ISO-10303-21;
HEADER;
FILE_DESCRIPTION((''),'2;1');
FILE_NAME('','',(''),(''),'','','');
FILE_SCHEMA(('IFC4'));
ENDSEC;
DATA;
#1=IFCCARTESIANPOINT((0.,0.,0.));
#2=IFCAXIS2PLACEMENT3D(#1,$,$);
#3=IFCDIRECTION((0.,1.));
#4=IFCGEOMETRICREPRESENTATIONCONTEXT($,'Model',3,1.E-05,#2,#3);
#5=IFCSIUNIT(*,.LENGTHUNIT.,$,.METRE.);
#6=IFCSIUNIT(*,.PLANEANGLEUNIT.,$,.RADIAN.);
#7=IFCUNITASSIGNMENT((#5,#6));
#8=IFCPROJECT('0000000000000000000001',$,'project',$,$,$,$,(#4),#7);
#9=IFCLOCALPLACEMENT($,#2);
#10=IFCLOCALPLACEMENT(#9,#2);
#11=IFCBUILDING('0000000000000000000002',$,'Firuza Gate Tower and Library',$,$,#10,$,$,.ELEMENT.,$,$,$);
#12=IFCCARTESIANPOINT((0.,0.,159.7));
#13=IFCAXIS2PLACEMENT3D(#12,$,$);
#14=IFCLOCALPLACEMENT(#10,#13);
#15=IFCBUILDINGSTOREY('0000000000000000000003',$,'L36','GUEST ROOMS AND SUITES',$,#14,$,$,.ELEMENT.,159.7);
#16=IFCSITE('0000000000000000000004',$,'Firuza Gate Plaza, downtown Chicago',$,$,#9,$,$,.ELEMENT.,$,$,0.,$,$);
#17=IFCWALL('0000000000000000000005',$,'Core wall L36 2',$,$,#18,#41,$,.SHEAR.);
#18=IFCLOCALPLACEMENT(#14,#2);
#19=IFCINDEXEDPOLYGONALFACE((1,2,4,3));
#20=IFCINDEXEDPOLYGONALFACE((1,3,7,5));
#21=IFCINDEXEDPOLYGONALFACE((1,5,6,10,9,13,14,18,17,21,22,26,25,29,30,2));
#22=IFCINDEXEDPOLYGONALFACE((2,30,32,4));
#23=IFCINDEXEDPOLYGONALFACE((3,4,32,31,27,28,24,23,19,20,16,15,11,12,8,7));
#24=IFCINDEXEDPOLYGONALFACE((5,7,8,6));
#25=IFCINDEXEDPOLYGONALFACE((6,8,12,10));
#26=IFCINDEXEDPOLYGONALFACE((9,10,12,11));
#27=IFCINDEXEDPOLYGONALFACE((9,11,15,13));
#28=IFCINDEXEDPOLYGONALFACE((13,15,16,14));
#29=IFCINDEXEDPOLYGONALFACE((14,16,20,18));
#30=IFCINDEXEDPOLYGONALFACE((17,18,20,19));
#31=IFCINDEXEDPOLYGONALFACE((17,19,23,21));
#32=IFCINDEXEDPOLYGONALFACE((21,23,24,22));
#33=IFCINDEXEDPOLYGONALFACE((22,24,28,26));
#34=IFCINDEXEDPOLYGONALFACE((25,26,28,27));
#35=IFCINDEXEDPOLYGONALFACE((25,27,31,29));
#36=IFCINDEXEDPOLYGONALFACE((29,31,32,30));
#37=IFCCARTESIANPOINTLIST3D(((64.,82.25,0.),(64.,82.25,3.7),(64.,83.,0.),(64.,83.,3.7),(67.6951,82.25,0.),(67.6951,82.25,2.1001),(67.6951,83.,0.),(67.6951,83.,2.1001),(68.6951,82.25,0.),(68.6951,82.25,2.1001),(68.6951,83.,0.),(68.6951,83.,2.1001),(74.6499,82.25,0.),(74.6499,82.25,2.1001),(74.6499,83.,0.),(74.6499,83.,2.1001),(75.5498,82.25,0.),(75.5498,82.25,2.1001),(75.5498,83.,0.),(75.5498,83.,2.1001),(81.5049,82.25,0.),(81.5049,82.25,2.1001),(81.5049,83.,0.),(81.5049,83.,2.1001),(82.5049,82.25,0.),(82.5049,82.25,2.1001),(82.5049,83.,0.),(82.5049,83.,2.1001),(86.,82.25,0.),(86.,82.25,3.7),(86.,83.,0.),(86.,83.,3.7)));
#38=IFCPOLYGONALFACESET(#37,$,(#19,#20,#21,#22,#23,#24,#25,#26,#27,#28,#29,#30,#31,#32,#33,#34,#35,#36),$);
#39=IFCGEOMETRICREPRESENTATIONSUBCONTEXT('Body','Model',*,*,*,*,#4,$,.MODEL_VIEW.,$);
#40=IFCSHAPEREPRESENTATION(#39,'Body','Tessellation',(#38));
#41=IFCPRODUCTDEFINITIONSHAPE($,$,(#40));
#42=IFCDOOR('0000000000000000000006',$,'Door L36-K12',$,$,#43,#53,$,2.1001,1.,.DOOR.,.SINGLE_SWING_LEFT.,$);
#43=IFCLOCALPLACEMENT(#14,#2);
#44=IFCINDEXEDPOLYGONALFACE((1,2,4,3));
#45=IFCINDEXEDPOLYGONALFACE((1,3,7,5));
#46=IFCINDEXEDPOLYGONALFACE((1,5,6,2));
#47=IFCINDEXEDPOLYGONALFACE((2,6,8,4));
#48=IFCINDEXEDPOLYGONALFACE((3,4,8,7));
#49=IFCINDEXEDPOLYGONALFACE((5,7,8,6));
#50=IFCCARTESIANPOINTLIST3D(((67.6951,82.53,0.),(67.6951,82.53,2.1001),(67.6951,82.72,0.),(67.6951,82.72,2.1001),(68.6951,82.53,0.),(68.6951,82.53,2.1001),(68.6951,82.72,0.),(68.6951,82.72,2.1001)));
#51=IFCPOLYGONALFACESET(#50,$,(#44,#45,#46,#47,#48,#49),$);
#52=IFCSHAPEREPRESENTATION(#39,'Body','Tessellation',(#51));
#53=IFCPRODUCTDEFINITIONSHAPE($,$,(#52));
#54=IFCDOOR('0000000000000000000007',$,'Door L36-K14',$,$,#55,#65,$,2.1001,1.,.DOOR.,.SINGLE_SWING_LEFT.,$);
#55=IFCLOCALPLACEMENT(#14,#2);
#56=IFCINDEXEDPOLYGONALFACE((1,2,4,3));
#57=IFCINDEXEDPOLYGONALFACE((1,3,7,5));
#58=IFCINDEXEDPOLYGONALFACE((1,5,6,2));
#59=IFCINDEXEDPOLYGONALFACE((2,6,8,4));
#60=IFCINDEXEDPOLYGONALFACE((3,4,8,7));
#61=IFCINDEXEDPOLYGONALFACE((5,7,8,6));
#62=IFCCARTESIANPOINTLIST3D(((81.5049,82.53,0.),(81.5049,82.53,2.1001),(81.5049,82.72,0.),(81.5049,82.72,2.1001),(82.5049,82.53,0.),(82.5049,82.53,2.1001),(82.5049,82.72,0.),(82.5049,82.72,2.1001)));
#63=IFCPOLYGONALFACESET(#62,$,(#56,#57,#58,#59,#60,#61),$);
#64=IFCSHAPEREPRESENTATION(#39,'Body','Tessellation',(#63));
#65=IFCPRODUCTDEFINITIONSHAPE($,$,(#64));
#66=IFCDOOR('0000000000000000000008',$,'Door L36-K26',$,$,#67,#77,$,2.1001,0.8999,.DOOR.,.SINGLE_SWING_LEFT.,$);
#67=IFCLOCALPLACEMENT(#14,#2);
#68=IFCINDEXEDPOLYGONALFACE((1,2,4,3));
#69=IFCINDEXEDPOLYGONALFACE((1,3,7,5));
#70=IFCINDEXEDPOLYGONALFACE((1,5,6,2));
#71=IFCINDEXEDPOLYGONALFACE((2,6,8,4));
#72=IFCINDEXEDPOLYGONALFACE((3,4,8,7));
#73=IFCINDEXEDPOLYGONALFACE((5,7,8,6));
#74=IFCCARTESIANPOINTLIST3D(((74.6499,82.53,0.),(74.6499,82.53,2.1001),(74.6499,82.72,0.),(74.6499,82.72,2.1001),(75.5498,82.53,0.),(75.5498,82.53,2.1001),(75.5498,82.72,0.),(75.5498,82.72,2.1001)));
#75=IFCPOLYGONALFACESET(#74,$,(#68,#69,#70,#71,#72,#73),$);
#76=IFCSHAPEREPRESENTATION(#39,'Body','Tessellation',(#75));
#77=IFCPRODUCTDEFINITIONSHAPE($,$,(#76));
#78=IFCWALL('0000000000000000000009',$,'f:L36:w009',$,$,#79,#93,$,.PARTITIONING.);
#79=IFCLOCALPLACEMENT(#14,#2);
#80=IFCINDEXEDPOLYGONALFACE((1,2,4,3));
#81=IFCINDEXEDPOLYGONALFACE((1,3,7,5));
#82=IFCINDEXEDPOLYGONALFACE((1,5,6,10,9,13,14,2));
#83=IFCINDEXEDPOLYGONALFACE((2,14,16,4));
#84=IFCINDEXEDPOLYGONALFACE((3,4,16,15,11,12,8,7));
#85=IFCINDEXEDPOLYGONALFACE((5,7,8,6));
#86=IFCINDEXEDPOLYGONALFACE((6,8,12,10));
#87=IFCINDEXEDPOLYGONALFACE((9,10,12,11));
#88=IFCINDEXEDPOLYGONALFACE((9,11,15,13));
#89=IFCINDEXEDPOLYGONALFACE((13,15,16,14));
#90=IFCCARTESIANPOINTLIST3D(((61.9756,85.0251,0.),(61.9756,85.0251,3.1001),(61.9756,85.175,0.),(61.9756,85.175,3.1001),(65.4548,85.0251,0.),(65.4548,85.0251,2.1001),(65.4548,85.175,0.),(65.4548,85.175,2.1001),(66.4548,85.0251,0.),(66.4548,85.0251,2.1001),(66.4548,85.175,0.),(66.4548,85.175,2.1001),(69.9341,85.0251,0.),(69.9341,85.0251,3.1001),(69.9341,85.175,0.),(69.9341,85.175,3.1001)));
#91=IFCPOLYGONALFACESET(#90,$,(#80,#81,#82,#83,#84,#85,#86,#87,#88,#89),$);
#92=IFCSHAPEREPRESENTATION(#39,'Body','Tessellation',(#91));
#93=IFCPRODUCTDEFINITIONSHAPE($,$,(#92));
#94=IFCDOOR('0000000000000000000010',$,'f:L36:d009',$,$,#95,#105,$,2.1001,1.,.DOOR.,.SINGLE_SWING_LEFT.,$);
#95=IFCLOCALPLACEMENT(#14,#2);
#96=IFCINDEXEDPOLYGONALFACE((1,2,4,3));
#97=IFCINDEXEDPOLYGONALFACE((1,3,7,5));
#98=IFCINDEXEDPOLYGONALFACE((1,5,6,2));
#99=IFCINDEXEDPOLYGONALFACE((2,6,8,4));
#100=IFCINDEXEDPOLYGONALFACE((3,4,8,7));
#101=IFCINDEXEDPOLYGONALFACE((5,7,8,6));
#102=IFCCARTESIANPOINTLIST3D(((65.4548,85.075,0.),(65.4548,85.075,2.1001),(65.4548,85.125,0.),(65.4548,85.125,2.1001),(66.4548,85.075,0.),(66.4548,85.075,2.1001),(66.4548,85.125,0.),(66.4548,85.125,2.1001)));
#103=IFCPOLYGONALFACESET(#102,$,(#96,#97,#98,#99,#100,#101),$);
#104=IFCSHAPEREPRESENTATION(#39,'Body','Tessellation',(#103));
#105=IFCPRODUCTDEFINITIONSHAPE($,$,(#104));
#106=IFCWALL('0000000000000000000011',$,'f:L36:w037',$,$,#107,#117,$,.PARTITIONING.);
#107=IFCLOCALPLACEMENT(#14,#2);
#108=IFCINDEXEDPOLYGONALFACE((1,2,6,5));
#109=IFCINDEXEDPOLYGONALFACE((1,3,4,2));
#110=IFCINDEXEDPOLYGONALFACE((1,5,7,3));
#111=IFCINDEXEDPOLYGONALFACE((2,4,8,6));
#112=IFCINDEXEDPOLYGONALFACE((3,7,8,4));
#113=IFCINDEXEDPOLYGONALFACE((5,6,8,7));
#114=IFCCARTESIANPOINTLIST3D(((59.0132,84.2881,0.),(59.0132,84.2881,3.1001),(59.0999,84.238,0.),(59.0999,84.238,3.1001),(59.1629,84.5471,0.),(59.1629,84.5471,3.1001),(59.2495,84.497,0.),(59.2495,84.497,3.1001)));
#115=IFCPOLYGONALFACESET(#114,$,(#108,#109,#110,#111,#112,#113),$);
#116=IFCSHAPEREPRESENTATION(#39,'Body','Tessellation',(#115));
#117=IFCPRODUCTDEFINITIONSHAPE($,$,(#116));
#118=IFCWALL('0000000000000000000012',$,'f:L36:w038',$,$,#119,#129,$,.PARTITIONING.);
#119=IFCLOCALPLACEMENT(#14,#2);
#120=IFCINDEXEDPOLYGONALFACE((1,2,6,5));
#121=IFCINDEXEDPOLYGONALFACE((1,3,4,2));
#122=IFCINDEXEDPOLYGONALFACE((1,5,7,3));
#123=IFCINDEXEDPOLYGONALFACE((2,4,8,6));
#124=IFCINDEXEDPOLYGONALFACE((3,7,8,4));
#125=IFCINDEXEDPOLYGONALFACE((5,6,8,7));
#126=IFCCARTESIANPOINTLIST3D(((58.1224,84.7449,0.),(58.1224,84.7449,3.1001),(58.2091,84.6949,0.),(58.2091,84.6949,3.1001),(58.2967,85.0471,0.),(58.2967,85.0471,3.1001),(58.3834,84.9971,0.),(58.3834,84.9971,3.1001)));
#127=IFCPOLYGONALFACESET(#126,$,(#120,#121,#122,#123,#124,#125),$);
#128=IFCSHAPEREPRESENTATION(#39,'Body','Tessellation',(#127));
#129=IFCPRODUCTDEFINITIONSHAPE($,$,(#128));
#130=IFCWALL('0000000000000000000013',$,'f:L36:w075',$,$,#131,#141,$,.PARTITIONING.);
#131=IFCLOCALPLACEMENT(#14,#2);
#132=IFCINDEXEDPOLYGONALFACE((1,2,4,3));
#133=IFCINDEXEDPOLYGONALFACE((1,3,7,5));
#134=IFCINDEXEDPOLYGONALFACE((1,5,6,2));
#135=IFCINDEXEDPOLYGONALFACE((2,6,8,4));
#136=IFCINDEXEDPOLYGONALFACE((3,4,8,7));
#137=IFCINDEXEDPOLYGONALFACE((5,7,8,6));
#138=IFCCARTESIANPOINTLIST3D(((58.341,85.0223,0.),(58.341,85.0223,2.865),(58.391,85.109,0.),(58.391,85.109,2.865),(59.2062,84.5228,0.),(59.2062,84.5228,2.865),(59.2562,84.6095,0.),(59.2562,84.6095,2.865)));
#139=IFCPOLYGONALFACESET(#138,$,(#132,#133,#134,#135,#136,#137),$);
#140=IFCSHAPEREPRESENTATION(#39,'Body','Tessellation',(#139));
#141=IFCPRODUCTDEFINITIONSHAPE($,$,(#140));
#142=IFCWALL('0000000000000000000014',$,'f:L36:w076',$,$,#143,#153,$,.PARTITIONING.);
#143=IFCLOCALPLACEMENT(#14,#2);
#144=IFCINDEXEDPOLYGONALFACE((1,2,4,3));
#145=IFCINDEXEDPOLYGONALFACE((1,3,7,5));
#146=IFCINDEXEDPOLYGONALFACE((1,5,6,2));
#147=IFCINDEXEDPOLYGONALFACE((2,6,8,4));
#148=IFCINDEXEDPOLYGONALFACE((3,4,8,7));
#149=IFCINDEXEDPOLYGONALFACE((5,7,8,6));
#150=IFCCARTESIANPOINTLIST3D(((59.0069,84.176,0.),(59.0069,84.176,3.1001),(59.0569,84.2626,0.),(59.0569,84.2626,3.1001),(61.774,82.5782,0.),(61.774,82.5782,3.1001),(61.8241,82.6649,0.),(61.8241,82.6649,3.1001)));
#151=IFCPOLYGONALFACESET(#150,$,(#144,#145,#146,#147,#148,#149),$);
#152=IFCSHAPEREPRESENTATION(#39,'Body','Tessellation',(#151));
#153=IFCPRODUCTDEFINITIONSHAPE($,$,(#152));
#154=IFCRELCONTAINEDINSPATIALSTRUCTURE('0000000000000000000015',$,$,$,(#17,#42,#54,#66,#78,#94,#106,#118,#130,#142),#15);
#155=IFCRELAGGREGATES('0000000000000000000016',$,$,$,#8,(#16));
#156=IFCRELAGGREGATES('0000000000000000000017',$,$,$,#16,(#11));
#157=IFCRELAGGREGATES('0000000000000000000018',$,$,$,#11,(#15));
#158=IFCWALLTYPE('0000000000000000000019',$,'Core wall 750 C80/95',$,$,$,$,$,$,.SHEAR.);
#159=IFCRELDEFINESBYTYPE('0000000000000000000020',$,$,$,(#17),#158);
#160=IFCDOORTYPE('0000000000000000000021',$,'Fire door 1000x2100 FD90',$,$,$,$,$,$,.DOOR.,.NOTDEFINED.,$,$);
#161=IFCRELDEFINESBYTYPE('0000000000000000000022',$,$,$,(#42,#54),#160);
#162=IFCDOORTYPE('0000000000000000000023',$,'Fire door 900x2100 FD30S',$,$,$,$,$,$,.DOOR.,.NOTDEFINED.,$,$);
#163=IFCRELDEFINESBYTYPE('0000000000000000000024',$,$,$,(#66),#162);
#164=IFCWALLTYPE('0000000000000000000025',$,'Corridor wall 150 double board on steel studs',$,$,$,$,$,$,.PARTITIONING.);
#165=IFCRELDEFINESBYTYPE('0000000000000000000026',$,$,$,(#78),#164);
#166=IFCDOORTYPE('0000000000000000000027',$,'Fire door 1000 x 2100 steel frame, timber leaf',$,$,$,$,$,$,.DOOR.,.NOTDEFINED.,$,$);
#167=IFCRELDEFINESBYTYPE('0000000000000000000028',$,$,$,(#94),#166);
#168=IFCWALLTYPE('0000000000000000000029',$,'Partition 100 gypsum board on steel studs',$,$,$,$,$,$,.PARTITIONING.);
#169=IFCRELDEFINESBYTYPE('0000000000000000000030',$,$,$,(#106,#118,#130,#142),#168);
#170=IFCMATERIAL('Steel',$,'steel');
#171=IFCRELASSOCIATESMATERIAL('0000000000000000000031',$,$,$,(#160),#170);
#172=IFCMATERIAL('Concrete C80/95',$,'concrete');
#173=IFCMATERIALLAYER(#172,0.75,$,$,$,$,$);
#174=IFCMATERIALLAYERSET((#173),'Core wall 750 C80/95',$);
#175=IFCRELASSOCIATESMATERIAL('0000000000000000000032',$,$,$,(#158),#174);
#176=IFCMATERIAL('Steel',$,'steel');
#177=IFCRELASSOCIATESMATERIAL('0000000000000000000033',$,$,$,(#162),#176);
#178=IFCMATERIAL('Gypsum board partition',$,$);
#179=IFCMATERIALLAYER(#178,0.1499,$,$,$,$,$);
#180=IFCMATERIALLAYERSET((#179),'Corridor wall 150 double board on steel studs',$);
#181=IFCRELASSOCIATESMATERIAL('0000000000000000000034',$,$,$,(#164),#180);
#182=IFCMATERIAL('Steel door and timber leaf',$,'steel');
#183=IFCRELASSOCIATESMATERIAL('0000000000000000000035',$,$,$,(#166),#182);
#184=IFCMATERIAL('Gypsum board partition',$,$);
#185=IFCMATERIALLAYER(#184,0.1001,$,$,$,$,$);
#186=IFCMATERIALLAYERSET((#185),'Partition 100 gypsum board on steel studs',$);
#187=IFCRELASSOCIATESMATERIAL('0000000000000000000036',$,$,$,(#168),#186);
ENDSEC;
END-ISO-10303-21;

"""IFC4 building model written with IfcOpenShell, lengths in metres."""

from ifc_helpers import new_model, si_unit, direction, frame, frame_2d, origin, place, context, subcontext, project, spatial, rectangle, extrude, material, layer, layer_set, type_object, element, fill, save


model = new_model("IFC4")

# Units and contexts
model_context = context("Model", 3, precision=1e-05, world=origin(), true_north=direction((0.0, 1.0)))
body_context = subcontext(model_context, "Body", "Model", "MODEL_VIEW")
ifc_project = project(units=[si_unit("LENGTHUNIT", "METRE"), si_unit("PLANEANGLEUNIT", "RADIAN")], contexts=[model_context])

# Site, building, storey
site_placement = place(None, origin())
site = spatial("IfcSite", under=ifc_project, at=site_placement, Name="Firuza Gate Plaza, downtown Chicago", CompositionType="ELEMENT", RefElevation=0.0)
building_placement = place(site_placement, origin())
building = spatial("IfcBuilding", under=site, at=building_placement, Name="Firuza Gate Tower and Library", CompositionType="ELEMENT")
storey_placement = place(building_placement, frame((0.0, 0.0, 159.7)))
storey = spatial("IfcBuildingStorey", under=building, at=storey_placement, Name="L36", Description="GUEST ROOMS AND SUITES", CompositionType="ELEMENT", Elevation=159.7)

# Shared definitions
ifc_material_1 = material(Name="Steel", Category="steel")
door_type_1 = type_object("IfcDoorType", Name="Fire door 1000x2100 FD90", OperationType="NOTDEFINED", PredefinedType="DOOR", material=ifc_material_1)

# Wall, openings, doors
ifc_material_2 = material(Name="Concrete C80/95", Category="concrete")
ifc_layer_1 = layer(ifc_material_2, 0.75)
ifc_layer_set_1 = layer_set([ifc_layer_1], Name="Core wall 750 C80/95")
wall_type_1 = type_object("IfcWallType", Name="Core wall 750 C80/95", PredefinedType="SHEAR", material=ifc_layer_set_1)
wall_1_placement = place(storey_placement, frame((64.0, 82.625, 0.0), z_axis=(0.0, 0.0, 1.0), x_axis=(1.0, 0.0, 0.0)))
wall_1 = element("IfcWall", 1, at=wall_1_placement, inside=storey, type_object=wall_type_1, Name="Core wall L36 2", PredefinedType="SHEAR", context=body_context, shape_type="SweptSolid", body=[
    extrude(rectangle(XDim=22.0, YDim=0.75, at=frame_2d((11.0, 0.0))), origin(), (0.0, 0.0, 1.0), 3.7),
])
opening_1_placement = place(wall_1_placement, frame((3.6951, 0.0, 0.0)))
opening_1 = element("IfcOpeningElement", 2, at=opening_1_placement, cuts=wall_1, PredefinedType="OPENING", context=body_context, shape_type="SweptSolid", body=[
    extrude(rectangle(XDim=1.0, YDim=2.1001, at=frame_2d((0.5, 1.05))), frame((0.0, 0.385, 0.0), z_axis=(0.0, -1.0, 0.0), x_axis=(1.0, 0.0, 0.0)), (0.0, 0.0, 1.0), 0.77),
])
opening_2_placement = place(wall_1_placement, frame((17.5049, 0.0, 0.0)))
opening_2 = element("IfcOpeningElement", 3, at=opening_2_placement, cuts=wall_1, PredefinedType="OPENING", context=body_context, shape_type="SweptSolid", body=[
    extrude(rectangle(XDim=1.0, YDim=2.1001, at=frame_2d((0.5, 1.05))), frame((0.0, 0.385, 0.0), z_axis=(0.0, -1.0, 0.0), x_axis=(1.0, 0.0, 0.0)), (0.0, 0.0, 1.0), 0.77),
])
opening_3_placement = place(wall_1_placement, frame((10.6499, 0.0, 0.0)))
opening_3 = element("IfcOpeningElement", 4, at=opening_3_placement, cuts=wall_1, PredefinedType="OPENING", context=body_context, shape_type="SweptSolid", body=[
    extrude(rectangle(XDim=0.8999, YDim=2.1001, at=frame_2d((0.45, 1.05))), frame((0.0, 0.385, 0.0), z_axis=(0.0, -1.0, 0.0), x_axis=(1.0, 0.0, 0.0)), (0.0, 0.0, 1.0), 0.77),
])
door_1_placement = place(opening_1_placement, origin())
door_1 = element("IfcDoor", 5, at=door_1_placement, inside=storey, type_object=door_type_1, Name="Door L36-K12", OperationType="SINGLE_SWING_LEFT", OverallHeight=2.1001, OverallWidth=1.0, PredefinedType="DOOR", context=body_context, shape_type="SweptSolid", body=[
    extrude(rectangle(XDim=1.0, YDim=2.1001, at=frame_2d((0.5, 1.05))), frame((0.0, 0.095, 0.0), z_axis=(0.0, -1.0, 0.0), x_axis=(1.0, 0.0, 0.0)), (0.0, 0.0, 1.0), 0.1899),
])
fill(opening_1, door_1)
door_2_placement = place(opening_2_placement, origin())
door_2 = element("IfcDoor", 6, at=door_2_placement, inside=storey, type_object=door_type_1, Name="Door L36-K14", OperationType="SINGLE_SWING_LEFT", OverallHeight=2.1001, OverallWidth=1.0, PredefinedType="DOOR", context=body_context, shape_type="SweptSolid", body=[
    extrude(rectangle(XDim=1.0, YDim=2.1001, at=frame_2d((0.5, 1.05))), frame((0.0, 0.095, 0.0), z_axis=(0.0, -1.0, 0.0), x_axis=(1.0, 0.0, 0.0)), (0.0, 0.0, 1.0), 0.1899),
])
fill(opening_2, door_2)
ifc_material_3 = material(Name="Steel", Category="steel")
door_type_2 = type_object("IfcDoorType", Name="Fire door 900x2100 FD30S", OperationType="NOTDEFINED", PredefinedType="DOOR", material=ifc_material_3)
door_3_placement = place(opening_3_placement, origin())
door_3 = element("IfcDoor", 7, at=door_3_placement, inside=storey, type_object=door_type_2, Name="Door L36-K26", OperationType="SINGLE_SWING_LEFT", OverallHeight=2.1001, OverallWidth=0.8999, PredefinedType="DOOR", context=body_context, shape_type="SweptSolid", body=[
    extrude(rectangle(XDim=0.8999, YDim=2.1001, at=frame_2d((0.45, 1.05))), frame((0.0, 0.095, 0.0), z_axis=(0.0, -1.0, 0.0), x_axis=(1.0, 0.0, 0.0)), (0.0, 0.0, 1.0), 0.1899),
])
fill(opening_3, door_3)

# Wall, opening, door
ifc_material_4 = material(Name="Gypsum board partition")
ifc_layer_2 = layer(ifc_material_4, 0.1499)
ifc_layer_set_2 = layer_set([ifc_layer_2], Name="Corridor wall 150 double board on steel studs")
wall_type_2 = type_object("IfcWallType", Name="Corridor wall 150 double board on steel studs", PredefinedType="PARTITIONING", material=ifc_layer_set_2)
wall_2_placement = place(storey_placement, frame((61.9756, 85.1001, 0.0), z_axis=(0.0, 0.0, 1.0), x_axis=(1.0, 0.0, 0.0)))
wall_2 = element("IfcWall", 8, at=wall_2_placement, inside=storey, type_object=wall_type_2, Name="f:L36:w009", PredefinedType="PARTITIONING", context=body_context, shape_type="SweptSolid", body=[
    extrude(rectangle(XDim=7.9585, YDim=0.1499, at=frame_2d((3.9792, 0.0))), origin(), (0.0, 0.0, 1.0), 3.1001),
])
opening_4_placement = place(wall_2_placement, frame((3.4792, 0.0, 0.0)))
opening_4 = element("IfcOpeningElement", 9, at=opening_4_placement, cuts=wall_2, PredefinedType="OPENING", context=body_context, shape_type="SweptSolid", body=[
    extrude(rectangle(XDim=1.0, YDim=2.1001, at=frame_2d((0.5, 1.05))), frame((0.0, 0.085, 0.0), z_axis=(0.0, -1.0, 0.0), x_axis=(1.0, 0.0, 0.0)), (0.0, 0.0, 1.0), 0.1699),
])
ifc_material_5 = material(Name="Steel door and timber leaf", Category="steel")
door_type_3 = type_object("IfcDoorType", Name="Fire door 1000 x 2100 steel frame, timber leaf", OperationType="NOTDEFINED", PredefinedType="DOOR", material=ifc_material_5)
door_4_placement = place(opening_4_placement, origin())
door_4 = element("IfcDoor", 10, at=door_4_placement, inside=storey, type_object=door_type_3, Name="f:L36:d009", OperationType="SINGLE_SWING_LEFT", OverallHeight=2.1001, OverallWidth=1.0, PredefinedType="DOOR", context=body_context, shape_type="SweptSolid", body=[
    extrude(rectangle(XDim=1.0, YDim=2.1001, at=frame_2d((0.5, 1.05))), frame((0.0, 0.0249, 0.0), z_axis=(0.0, -1.0, 0.0), x_axis=(1.0, 0.0, 0.0)), (0.0, 0.0, 1.0), 0.05),
])
fill(opening_4, door_4)

# Walls
ifc_material_6 = material(Name="Gypsum board partition")
ifc_layer_3 = layer(ifc_material_6, 0.1001)
ifc_layer_set_3 = layer_set([ifc_layer_3], Name="Partition 100 gypsum board on steel studs")
wall_type_3 = type_object("IfcWallType", Name="Partition 100 gypsum board on steel studs", PredefinedType="PARTITIONING", material=ifc_layer_set_3)
wall_3_placement = place(storey_placement, frame((59.0566, 84.2632, 0.0), z_axis=(0.0, 0.0, 1.0), x_axis=(0.500264, 0.865873, 0.0)))
element("IfcWall", 11, at=wall_3_placement, inside=storey, type_object=wall_type_3, Name="f:L36:w037", PredefinedType="PARTITIONING", context=body_context, shape_type="SweptSolid", body=[
    extrude(rectangle(XDim=0.2991, YDim=0.1001, at=frame_2d((0.1494, 0.0))), origin(), (0.0, 0.0, 1.0), 3.1001),
])
wall_4_placement = place(storey_placement, frame((58.1658, 84.72, 0.0), z_axis=(0.0, 0.0, 1.0), x_axis=(0.499601, 0.866255, 0.0)))
element("IfcWall", 12, at=wall_4_placement, inside=storey, type_object=wall_type_3, Name="f:L36:w038", PredefinedType="PARTITIONING", context=body_context, shape_type="SweptSolid", body=[
    extrude(rectangle(XDim=0.3489, YDim=0.1001, at=frame_2d((0.1743, 0.0))), origin(), (0.0, 0.0, 1.0), 3.1001),
])
wall_5_placement = place(storey_placement, frame((59.2312, 84.5662, 0.0), z_axis=(0.0, 0.0, 1.0), x_axis=(-0.866039, 0.499976, 0.0)))
element("IfcWall", 13, at=wall_5_placement, inside=storey, type_object=wall_type_3, Name="f:L36:w075", PredefinedType="PARTITIONING", context=body_context, shape_type="SweptSolid", body=[
    extrude(rectangle(XDim=0.999, YDim=0.1001, at=frame_2d((0.4995, 0.0))), origin(), (0.0, 0.0, 1.0), 2.865),
])
wall_6_placement = place(storey_placement, frame((61.7991, 82.6216, 0.0), z_axis=(0.0, 0.0, 1.0), x_axis=(-0.866015, 0.500018, 0.0)))
element("IfcWall", 14, at=wall_6_placement, inside=storey, type_object=wall_type_3, Name="f:L36:w076", PredefinedType="PARTITIONING", context=body_context, shape_type="SweptSolid", body=[
    extrude(rectangle(XDim=3.1953, YDim=0.1001, at=frame_2d((1.5977, 0.0))), origin(), (0.0, 0.0, 1.0), 3.1001),
])

save(model, "model.ifc")
